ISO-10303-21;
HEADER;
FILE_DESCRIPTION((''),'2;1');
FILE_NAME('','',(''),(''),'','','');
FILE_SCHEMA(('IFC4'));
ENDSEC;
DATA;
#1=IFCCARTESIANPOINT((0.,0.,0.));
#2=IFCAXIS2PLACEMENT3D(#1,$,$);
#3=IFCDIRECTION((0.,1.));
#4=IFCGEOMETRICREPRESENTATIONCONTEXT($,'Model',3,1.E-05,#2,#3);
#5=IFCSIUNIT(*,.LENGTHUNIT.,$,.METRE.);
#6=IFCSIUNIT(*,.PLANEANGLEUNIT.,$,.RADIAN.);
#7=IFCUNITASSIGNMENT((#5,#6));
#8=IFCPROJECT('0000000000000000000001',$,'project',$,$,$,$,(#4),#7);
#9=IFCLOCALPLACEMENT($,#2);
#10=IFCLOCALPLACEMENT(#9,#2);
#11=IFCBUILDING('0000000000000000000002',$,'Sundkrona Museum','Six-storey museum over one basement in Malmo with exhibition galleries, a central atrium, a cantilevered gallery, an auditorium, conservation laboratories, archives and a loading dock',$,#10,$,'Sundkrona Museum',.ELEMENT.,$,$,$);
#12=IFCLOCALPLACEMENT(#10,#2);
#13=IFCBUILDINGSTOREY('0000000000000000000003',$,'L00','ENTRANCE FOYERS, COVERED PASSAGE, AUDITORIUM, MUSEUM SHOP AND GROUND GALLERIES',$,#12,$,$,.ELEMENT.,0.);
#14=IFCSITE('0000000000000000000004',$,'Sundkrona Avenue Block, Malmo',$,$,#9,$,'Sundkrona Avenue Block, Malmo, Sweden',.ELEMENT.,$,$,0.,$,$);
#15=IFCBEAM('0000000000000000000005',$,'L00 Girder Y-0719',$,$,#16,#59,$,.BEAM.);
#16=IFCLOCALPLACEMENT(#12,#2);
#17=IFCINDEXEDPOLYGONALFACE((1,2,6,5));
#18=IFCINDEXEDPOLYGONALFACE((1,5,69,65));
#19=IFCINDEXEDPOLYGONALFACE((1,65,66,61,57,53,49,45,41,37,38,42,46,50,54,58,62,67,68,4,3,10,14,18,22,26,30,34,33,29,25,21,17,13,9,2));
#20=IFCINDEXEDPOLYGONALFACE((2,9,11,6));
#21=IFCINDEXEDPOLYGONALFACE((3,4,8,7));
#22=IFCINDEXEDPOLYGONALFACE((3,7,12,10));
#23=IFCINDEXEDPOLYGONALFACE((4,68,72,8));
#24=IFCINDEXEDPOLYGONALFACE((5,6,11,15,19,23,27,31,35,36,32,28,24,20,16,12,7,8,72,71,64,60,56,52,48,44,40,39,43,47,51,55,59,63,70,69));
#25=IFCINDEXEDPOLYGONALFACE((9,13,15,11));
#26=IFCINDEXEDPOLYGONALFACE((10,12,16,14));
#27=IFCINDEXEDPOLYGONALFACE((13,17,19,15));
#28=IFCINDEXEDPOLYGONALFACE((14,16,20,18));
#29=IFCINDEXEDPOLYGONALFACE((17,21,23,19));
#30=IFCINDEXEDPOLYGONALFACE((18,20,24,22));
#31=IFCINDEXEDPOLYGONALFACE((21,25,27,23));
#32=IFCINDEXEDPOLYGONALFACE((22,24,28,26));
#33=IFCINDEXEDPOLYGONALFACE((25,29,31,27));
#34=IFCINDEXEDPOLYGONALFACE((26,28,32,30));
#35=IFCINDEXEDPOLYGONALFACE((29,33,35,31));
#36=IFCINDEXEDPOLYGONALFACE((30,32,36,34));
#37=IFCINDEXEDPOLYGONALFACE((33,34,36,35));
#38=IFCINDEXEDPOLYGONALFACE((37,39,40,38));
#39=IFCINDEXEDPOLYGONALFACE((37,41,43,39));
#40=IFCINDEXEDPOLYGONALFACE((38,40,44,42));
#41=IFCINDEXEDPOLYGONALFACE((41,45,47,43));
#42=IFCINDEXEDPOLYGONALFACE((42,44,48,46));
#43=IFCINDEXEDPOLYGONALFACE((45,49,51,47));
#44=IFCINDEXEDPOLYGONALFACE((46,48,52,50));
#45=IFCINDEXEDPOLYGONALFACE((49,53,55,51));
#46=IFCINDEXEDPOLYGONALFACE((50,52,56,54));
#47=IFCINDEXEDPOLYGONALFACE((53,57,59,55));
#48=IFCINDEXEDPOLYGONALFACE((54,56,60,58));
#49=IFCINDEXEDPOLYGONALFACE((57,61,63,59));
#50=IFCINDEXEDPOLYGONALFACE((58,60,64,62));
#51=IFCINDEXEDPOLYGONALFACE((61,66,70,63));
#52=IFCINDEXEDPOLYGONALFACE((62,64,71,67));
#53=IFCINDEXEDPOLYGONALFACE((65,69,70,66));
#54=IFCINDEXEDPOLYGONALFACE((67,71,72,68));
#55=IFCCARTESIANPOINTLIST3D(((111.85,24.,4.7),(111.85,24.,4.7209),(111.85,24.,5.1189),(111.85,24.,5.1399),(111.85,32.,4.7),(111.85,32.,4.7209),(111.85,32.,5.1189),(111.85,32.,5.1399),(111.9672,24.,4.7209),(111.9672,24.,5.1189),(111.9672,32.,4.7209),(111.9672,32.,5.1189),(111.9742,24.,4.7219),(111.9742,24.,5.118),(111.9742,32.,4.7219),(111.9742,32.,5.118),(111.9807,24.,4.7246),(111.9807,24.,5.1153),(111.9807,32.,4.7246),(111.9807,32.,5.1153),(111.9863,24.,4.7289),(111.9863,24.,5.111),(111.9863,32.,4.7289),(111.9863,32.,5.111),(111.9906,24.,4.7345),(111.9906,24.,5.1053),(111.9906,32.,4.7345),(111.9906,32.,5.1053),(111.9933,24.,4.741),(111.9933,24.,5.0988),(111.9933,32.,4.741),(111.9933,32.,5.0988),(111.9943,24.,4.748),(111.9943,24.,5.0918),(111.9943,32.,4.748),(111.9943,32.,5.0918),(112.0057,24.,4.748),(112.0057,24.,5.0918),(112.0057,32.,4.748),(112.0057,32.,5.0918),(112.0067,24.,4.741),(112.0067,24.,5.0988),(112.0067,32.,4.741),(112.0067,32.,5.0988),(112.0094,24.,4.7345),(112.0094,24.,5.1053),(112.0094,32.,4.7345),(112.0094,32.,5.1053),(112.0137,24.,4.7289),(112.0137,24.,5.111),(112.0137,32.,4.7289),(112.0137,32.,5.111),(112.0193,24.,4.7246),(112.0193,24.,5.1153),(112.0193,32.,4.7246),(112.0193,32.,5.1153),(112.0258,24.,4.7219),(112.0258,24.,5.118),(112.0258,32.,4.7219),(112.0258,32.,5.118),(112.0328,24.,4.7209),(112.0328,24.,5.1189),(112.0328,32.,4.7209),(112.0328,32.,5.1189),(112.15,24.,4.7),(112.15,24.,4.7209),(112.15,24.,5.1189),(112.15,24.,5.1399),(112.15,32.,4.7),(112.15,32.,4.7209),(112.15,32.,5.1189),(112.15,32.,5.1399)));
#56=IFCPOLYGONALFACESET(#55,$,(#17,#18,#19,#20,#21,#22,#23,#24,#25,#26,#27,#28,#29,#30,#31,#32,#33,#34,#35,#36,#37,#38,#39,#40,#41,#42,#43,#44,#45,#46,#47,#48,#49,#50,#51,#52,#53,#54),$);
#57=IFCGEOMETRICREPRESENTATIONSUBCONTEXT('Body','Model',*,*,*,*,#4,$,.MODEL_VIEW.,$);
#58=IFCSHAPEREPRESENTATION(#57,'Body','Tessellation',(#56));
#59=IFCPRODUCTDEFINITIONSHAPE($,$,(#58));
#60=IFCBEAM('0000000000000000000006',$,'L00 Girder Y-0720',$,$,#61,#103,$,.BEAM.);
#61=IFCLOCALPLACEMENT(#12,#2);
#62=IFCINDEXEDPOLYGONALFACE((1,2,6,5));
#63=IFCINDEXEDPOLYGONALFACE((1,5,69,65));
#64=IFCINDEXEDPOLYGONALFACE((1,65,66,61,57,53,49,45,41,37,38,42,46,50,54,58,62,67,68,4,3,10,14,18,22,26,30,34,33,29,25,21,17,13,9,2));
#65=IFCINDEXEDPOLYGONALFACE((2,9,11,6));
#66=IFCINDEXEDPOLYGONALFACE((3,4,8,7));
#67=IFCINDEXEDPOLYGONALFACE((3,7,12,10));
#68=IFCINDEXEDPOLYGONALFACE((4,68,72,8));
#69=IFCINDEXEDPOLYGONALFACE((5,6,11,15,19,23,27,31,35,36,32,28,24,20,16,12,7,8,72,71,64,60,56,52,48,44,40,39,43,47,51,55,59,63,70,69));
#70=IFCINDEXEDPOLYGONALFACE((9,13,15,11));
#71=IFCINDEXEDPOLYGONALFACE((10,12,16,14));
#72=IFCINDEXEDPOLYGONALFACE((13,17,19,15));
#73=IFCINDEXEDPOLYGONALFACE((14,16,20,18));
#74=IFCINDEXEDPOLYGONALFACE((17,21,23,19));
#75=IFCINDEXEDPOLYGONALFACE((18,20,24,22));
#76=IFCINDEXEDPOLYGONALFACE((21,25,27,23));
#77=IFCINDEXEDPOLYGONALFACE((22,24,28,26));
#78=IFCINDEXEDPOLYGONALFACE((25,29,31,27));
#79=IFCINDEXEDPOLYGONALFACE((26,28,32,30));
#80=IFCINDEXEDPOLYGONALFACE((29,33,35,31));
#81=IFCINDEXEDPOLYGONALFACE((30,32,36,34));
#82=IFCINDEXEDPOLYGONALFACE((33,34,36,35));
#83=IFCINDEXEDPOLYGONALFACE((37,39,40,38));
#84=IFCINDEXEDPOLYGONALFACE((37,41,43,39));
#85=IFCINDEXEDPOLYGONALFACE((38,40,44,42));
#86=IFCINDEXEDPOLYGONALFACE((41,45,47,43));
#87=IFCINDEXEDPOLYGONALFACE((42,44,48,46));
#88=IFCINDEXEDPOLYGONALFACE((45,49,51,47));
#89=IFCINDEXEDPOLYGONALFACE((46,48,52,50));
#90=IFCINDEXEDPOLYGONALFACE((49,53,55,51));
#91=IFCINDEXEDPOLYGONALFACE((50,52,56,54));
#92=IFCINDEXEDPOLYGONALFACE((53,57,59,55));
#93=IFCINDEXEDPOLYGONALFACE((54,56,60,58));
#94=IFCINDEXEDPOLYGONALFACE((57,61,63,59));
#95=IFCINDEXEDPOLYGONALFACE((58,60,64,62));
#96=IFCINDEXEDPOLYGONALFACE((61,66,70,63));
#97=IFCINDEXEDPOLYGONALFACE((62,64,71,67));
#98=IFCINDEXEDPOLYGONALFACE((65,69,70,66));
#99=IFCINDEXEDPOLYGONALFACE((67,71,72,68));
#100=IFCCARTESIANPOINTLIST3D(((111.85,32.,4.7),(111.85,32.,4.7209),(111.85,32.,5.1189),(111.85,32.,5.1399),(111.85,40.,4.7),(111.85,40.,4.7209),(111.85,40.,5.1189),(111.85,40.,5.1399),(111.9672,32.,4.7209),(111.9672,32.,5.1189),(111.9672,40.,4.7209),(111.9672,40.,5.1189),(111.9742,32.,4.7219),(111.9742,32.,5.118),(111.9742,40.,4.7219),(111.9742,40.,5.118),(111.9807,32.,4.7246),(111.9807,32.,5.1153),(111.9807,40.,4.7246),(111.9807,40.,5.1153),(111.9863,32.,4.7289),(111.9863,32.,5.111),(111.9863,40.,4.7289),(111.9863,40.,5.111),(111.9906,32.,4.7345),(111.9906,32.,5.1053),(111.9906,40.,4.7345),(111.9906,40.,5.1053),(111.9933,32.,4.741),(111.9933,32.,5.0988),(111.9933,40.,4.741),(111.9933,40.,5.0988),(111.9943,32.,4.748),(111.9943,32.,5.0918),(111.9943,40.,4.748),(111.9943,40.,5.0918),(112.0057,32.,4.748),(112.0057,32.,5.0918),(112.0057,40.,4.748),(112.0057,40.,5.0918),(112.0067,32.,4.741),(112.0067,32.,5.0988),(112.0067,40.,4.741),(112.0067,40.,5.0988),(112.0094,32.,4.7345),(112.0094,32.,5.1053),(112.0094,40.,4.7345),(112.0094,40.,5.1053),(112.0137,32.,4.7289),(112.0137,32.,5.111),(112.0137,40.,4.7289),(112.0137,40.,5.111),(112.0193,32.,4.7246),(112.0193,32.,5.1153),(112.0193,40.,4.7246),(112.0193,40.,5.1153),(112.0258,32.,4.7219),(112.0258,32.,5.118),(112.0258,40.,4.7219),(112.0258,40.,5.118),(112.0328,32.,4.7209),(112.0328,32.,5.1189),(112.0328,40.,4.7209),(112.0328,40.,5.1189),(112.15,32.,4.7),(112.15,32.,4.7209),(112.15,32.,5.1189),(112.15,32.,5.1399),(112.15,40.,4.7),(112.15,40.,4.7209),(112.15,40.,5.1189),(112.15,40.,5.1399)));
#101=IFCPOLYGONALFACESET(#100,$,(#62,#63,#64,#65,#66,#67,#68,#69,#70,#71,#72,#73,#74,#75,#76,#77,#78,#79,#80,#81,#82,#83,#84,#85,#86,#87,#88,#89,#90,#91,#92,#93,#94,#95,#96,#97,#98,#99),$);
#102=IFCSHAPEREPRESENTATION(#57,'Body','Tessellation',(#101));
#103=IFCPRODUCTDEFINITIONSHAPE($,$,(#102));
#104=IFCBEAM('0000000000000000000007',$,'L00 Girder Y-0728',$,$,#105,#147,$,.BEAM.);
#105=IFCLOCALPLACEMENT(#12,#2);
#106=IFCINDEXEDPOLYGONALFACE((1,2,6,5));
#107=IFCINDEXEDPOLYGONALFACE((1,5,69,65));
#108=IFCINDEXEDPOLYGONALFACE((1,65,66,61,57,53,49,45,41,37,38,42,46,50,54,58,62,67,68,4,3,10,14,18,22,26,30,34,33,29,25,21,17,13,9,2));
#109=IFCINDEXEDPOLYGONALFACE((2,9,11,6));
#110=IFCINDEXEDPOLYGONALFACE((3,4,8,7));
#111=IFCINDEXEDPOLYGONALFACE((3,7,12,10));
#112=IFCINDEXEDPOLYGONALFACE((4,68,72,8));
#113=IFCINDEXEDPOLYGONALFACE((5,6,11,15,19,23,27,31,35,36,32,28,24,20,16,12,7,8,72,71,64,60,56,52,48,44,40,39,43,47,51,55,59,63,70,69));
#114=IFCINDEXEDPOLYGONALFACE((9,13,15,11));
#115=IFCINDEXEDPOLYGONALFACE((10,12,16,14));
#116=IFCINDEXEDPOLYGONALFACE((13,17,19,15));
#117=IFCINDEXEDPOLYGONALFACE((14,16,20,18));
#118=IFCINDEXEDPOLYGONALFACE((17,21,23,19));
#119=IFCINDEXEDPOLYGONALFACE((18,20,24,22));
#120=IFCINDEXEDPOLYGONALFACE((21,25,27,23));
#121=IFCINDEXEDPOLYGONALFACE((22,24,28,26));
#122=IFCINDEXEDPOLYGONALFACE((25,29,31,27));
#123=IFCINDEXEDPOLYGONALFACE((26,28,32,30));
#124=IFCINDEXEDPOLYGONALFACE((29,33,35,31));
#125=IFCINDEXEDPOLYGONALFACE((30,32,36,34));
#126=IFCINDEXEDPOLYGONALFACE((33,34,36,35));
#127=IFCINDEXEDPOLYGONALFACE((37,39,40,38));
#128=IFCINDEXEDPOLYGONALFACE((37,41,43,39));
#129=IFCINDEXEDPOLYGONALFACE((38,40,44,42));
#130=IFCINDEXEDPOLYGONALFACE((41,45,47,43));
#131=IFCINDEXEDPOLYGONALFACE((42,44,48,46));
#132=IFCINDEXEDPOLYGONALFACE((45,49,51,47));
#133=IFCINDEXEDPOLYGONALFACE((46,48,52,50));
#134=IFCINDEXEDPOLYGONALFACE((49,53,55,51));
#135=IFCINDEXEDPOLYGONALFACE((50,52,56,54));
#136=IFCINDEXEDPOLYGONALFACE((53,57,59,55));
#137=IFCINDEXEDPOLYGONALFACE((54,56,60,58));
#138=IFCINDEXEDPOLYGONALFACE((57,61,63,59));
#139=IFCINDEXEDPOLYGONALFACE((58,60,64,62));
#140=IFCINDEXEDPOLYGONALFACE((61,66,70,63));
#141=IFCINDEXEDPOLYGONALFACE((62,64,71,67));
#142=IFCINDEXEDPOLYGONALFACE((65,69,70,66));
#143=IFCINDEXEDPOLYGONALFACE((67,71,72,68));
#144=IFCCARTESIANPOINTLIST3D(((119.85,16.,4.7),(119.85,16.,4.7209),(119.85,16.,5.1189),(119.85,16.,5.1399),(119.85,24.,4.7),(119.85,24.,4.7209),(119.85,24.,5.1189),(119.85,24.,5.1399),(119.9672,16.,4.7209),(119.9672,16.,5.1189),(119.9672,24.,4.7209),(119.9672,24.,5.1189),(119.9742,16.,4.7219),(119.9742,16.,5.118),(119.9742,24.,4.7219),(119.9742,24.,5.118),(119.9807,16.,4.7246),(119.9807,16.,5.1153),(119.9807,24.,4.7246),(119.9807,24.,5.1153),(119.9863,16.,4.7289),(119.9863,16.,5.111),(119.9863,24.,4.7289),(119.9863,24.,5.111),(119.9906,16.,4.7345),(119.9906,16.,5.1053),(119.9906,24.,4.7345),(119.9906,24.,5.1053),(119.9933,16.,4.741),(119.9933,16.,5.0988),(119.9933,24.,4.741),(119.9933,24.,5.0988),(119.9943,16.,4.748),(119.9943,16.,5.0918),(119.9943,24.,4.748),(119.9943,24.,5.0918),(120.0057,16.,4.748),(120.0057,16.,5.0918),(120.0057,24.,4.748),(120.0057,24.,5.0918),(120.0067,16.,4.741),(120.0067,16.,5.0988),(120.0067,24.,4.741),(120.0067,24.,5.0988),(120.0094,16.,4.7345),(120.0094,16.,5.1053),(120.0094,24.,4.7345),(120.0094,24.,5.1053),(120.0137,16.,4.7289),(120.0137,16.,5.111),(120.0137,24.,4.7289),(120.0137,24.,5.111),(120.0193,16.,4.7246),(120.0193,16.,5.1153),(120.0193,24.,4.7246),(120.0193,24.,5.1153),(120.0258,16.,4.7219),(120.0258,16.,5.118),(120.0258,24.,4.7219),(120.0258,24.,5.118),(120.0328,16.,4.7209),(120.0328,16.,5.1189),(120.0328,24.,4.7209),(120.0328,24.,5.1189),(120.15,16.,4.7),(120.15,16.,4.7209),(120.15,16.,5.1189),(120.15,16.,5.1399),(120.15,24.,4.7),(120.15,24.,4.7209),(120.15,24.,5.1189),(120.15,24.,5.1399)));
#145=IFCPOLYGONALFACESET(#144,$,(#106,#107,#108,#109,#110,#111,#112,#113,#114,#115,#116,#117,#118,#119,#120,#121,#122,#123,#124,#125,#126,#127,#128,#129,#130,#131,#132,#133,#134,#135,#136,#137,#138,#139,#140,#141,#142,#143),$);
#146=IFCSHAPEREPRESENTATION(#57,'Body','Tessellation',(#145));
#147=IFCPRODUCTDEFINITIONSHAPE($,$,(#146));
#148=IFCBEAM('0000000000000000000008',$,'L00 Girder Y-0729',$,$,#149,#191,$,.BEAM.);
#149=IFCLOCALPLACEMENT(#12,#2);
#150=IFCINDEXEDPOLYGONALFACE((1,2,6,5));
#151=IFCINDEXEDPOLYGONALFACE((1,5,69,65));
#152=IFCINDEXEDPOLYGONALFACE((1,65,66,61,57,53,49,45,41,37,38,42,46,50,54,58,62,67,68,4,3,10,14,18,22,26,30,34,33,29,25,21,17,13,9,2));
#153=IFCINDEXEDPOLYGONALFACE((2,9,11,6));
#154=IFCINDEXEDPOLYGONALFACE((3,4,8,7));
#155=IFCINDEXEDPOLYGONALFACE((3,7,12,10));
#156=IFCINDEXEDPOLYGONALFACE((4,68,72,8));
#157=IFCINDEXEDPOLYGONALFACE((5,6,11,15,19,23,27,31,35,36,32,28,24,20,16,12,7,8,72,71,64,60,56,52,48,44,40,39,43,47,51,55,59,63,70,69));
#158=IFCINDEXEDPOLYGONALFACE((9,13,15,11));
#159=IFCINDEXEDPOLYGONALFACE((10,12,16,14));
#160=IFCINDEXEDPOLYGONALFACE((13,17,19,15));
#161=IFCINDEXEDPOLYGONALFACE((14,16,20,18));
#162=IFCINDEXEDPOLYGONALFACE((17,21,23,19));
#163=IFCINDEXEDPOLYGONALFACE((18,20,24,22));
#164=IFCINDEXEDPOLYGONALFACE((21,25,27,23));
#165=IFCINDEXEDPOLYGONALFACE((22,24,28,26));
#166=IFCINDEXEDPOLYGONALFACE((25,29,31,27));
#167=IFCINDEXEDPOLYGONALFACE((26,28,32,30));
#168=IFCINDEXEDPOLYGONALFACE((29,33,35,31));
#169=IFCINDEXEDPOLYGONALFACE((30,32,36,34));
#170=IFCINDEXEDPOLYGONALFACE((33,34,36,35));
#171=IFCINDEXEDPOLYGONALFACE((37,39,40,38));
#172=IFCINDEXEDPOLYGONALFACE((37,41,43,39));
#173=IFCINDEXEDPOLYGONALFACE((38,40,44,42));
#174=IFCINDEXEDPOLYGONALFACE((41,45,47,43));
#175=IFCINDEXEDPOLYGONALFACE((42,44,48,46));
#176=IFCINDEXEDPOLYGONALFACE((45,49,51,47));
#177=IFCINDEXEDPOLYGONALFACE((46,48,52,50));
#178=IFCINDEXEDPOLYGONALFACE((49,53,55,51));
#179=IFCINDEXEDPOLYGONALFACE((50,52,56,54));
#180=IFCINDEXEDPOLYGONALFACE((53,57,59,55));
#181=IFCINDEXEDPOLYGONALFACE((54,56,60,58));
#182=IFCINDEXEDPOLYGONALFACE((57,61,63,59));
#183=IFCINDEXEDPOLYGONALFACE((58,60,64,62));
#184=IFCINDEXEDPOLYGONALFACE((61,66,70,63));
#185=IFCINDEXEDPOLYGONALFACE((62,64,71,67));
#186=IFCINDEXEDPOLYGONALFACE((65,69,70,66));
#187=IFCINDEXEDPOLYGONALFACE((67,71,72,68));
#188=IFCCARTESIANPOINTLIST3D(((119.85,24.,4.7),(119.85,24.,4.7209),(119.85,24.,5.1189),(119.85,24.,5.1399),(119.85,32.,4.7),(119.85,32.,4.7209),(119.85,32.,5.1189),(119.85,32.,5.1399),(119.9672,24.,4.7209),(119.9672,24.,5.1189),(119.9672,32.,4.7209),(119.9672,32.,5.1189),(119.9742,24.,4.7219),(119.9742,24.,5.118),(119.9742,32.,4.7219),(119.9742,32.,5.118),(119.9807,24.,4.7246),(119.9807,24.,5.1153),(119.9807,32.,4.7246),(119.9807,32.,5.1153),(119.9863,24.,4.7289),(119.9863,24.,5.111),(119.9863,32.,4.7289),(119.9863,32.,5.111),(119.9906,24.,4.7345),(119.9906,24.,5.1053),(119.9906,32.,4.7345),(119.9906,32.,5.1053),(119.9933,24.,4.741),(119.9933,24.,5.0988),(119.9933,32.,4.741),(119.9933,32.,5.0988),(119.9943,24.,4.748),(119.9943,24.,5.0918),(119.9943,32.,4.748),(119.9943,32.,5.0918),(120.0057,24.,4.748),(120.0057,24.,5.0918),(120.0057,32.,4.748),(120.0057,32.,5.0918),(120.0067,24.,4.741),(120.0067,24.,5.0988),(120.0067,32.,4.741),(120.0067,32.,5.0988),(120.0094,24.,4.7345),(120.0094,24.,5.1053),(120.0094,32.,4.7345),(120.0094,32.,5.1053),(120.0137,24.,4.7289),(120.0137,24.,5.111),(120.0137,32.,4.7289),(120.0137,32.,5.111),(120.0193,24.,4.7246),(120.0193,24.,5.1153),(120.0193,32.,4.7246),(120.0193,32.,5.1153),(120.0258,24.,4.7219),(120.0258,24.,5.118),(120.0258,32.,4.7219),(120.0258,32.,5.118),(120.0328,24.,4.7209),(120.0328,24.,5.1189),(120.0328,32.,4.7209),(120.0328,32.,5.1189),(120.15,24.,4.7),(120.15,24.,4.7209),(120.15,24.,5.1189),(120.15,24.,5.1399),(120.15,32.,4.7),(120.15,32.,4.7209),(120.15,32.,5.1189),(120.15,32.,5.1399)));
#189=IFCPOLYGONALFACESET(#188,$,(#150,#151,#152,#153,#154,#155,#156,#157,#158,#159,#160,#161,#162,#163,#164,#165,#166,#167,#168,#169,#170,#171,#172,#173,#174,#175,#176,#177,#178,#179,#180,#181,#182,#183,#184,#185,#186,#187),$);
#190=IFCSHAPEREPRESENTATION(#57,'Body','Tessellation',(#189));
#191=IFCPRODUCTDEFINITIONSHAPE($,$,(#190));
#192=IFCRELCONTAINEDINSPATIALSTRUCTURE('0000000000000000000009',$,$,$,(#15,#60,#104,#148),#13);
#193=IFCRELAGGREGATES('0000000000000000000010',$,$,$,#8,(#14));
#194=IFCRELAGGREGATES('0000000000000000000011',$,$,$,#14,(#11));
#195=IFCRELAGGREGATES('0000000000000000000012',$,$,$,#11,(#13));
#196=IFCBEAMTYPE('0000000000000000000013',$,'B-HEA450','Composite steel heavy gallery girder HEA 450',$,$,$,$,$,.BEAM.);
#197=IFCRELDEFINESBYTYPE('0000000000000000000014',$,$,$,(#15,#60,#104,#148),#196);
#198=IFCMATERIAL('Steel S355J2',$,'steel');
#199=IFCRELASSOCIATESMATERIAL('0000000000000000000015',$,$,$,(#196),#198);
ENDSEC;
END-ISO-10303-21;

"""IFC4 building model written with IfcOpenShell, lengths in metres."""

from ifc_helpers import new_model, si_unit, direction, frame, origin, origin_2d, place, context, subcontext, project, spatial, i_section, extrude, material, material_profile, profile_set, type_object, element, save


model = new_model("IFC4")

# Units and contexts
model_context = context("Model", 3, precision=1e-05, world=origin(), true_north=direction((0.0, 1.0)))
body_context = subcontext(model_context, "Body", "Model", "MODEL_VIEW")
ifc_project = project(units=[si_unit("LENGTHUNIT", "METRE"), si_unit("PLANEANGLEUNIT", "RADIAN")], contexts=[model_context])

# Site, building, storey
site_placement = place(None, origin())
site = spatial("IfcSite", under=ifc_project, at=site_placement, Name="Sundkrona Avenue Block, Malmo", LongName="Sundkrona Avenue Block, Malmo, Sweden", CompositionType="ELEMENT", RefElevation=0.0)
building_placement = place(site_placement, origin())
building = spatial("IfcBuilding", under=site, at=building_placement, Name="Sundkrona Museum", Description="Six-storey museum over one basement in Malmo with exhibition galleries, a central atrium, a cantilevered gallery, an auditorium, conservation laboratories, archives and a loading dock", LongName="Sundkrona Museum", CompositionType="ELEMENT")
storey_placement = place(building_placement, origin())
storey = spatial("IfcBuildingStorey", under=building, at=storey_placement, Name="L00", Description="ENTRANCE FOYERS, COVERED PASSAGE, AUDITORIUM, MUSEUM SHOP AND GROUND GALLERIES", CompositionType="ELEMENT", Elevation=0.0)

# Shared definitions
ifc_material_1 = material(Name="Steel S355J2", Category="steel")

# Beams
ifc_material_profile_1 = material_profile(ifc_material_1, i_section(OverallWidth=0.3, OverallDepth=0.4399, WebThickness=0.0115, FlangeThickness=0.021, FilletRadius=0.0271, at=origin_2d()), Name="HEA 450")
ifc_profile_set_1 = profile_set([ifc_material_profile_1], Name="Steel S355J2")
beam_type_1 = type_object("IfcBeamType", Name="B-HEA450", Description="Composite steel heavy gallery girder HEA 450", PredefinedType="BEAM", material=ifc_profile_set_1)
for number, where, z_axis, x_axis, name in (
    (1, (112.0, 24.0, 4.9199), (0.0, 1.0, 0.0), (-1.0, 0.0, 0.0), "L00 Girder Y-0719"),
    (2, (112.0, 32.0, 4.9199), (0.0, 1.0, 0.0), (-1.0, 0.0, 0.0), "L00 Girder Y-0720"),
    (3, (120.0, 16.0, 4.9199), (0.0, 1.0, 0.0), (-1.0, 0.0, 0.0), "L00 Girder Y-0728"),
    (4, (120.0, 24.0, 4.9199), (0.0, 1.0, 0.0), (-1.0, 0.0, 0.0), "L00 Girder Y-0729"),
):
    element("IfcBeam", number, at=place(storey_placement, frame(where, z_axis=z_axis, x_axis=x_axis)), inside=storey, type_object=beam_type_1, Name=name, PredefinedType="BEAM", context=body_context, shape_type="SweptSolid", body=[
        extrude(i_section(OverallWidth=0.3, OverallDepth=0.4399, WebThickness=0.0115, FlangeThickness=0.021, FilletRadius=0.0271, at=origin_2d()), origin(), (0.0, 0.0, 1.0), 8.0),
    ])

save(model, "model.ifc")
